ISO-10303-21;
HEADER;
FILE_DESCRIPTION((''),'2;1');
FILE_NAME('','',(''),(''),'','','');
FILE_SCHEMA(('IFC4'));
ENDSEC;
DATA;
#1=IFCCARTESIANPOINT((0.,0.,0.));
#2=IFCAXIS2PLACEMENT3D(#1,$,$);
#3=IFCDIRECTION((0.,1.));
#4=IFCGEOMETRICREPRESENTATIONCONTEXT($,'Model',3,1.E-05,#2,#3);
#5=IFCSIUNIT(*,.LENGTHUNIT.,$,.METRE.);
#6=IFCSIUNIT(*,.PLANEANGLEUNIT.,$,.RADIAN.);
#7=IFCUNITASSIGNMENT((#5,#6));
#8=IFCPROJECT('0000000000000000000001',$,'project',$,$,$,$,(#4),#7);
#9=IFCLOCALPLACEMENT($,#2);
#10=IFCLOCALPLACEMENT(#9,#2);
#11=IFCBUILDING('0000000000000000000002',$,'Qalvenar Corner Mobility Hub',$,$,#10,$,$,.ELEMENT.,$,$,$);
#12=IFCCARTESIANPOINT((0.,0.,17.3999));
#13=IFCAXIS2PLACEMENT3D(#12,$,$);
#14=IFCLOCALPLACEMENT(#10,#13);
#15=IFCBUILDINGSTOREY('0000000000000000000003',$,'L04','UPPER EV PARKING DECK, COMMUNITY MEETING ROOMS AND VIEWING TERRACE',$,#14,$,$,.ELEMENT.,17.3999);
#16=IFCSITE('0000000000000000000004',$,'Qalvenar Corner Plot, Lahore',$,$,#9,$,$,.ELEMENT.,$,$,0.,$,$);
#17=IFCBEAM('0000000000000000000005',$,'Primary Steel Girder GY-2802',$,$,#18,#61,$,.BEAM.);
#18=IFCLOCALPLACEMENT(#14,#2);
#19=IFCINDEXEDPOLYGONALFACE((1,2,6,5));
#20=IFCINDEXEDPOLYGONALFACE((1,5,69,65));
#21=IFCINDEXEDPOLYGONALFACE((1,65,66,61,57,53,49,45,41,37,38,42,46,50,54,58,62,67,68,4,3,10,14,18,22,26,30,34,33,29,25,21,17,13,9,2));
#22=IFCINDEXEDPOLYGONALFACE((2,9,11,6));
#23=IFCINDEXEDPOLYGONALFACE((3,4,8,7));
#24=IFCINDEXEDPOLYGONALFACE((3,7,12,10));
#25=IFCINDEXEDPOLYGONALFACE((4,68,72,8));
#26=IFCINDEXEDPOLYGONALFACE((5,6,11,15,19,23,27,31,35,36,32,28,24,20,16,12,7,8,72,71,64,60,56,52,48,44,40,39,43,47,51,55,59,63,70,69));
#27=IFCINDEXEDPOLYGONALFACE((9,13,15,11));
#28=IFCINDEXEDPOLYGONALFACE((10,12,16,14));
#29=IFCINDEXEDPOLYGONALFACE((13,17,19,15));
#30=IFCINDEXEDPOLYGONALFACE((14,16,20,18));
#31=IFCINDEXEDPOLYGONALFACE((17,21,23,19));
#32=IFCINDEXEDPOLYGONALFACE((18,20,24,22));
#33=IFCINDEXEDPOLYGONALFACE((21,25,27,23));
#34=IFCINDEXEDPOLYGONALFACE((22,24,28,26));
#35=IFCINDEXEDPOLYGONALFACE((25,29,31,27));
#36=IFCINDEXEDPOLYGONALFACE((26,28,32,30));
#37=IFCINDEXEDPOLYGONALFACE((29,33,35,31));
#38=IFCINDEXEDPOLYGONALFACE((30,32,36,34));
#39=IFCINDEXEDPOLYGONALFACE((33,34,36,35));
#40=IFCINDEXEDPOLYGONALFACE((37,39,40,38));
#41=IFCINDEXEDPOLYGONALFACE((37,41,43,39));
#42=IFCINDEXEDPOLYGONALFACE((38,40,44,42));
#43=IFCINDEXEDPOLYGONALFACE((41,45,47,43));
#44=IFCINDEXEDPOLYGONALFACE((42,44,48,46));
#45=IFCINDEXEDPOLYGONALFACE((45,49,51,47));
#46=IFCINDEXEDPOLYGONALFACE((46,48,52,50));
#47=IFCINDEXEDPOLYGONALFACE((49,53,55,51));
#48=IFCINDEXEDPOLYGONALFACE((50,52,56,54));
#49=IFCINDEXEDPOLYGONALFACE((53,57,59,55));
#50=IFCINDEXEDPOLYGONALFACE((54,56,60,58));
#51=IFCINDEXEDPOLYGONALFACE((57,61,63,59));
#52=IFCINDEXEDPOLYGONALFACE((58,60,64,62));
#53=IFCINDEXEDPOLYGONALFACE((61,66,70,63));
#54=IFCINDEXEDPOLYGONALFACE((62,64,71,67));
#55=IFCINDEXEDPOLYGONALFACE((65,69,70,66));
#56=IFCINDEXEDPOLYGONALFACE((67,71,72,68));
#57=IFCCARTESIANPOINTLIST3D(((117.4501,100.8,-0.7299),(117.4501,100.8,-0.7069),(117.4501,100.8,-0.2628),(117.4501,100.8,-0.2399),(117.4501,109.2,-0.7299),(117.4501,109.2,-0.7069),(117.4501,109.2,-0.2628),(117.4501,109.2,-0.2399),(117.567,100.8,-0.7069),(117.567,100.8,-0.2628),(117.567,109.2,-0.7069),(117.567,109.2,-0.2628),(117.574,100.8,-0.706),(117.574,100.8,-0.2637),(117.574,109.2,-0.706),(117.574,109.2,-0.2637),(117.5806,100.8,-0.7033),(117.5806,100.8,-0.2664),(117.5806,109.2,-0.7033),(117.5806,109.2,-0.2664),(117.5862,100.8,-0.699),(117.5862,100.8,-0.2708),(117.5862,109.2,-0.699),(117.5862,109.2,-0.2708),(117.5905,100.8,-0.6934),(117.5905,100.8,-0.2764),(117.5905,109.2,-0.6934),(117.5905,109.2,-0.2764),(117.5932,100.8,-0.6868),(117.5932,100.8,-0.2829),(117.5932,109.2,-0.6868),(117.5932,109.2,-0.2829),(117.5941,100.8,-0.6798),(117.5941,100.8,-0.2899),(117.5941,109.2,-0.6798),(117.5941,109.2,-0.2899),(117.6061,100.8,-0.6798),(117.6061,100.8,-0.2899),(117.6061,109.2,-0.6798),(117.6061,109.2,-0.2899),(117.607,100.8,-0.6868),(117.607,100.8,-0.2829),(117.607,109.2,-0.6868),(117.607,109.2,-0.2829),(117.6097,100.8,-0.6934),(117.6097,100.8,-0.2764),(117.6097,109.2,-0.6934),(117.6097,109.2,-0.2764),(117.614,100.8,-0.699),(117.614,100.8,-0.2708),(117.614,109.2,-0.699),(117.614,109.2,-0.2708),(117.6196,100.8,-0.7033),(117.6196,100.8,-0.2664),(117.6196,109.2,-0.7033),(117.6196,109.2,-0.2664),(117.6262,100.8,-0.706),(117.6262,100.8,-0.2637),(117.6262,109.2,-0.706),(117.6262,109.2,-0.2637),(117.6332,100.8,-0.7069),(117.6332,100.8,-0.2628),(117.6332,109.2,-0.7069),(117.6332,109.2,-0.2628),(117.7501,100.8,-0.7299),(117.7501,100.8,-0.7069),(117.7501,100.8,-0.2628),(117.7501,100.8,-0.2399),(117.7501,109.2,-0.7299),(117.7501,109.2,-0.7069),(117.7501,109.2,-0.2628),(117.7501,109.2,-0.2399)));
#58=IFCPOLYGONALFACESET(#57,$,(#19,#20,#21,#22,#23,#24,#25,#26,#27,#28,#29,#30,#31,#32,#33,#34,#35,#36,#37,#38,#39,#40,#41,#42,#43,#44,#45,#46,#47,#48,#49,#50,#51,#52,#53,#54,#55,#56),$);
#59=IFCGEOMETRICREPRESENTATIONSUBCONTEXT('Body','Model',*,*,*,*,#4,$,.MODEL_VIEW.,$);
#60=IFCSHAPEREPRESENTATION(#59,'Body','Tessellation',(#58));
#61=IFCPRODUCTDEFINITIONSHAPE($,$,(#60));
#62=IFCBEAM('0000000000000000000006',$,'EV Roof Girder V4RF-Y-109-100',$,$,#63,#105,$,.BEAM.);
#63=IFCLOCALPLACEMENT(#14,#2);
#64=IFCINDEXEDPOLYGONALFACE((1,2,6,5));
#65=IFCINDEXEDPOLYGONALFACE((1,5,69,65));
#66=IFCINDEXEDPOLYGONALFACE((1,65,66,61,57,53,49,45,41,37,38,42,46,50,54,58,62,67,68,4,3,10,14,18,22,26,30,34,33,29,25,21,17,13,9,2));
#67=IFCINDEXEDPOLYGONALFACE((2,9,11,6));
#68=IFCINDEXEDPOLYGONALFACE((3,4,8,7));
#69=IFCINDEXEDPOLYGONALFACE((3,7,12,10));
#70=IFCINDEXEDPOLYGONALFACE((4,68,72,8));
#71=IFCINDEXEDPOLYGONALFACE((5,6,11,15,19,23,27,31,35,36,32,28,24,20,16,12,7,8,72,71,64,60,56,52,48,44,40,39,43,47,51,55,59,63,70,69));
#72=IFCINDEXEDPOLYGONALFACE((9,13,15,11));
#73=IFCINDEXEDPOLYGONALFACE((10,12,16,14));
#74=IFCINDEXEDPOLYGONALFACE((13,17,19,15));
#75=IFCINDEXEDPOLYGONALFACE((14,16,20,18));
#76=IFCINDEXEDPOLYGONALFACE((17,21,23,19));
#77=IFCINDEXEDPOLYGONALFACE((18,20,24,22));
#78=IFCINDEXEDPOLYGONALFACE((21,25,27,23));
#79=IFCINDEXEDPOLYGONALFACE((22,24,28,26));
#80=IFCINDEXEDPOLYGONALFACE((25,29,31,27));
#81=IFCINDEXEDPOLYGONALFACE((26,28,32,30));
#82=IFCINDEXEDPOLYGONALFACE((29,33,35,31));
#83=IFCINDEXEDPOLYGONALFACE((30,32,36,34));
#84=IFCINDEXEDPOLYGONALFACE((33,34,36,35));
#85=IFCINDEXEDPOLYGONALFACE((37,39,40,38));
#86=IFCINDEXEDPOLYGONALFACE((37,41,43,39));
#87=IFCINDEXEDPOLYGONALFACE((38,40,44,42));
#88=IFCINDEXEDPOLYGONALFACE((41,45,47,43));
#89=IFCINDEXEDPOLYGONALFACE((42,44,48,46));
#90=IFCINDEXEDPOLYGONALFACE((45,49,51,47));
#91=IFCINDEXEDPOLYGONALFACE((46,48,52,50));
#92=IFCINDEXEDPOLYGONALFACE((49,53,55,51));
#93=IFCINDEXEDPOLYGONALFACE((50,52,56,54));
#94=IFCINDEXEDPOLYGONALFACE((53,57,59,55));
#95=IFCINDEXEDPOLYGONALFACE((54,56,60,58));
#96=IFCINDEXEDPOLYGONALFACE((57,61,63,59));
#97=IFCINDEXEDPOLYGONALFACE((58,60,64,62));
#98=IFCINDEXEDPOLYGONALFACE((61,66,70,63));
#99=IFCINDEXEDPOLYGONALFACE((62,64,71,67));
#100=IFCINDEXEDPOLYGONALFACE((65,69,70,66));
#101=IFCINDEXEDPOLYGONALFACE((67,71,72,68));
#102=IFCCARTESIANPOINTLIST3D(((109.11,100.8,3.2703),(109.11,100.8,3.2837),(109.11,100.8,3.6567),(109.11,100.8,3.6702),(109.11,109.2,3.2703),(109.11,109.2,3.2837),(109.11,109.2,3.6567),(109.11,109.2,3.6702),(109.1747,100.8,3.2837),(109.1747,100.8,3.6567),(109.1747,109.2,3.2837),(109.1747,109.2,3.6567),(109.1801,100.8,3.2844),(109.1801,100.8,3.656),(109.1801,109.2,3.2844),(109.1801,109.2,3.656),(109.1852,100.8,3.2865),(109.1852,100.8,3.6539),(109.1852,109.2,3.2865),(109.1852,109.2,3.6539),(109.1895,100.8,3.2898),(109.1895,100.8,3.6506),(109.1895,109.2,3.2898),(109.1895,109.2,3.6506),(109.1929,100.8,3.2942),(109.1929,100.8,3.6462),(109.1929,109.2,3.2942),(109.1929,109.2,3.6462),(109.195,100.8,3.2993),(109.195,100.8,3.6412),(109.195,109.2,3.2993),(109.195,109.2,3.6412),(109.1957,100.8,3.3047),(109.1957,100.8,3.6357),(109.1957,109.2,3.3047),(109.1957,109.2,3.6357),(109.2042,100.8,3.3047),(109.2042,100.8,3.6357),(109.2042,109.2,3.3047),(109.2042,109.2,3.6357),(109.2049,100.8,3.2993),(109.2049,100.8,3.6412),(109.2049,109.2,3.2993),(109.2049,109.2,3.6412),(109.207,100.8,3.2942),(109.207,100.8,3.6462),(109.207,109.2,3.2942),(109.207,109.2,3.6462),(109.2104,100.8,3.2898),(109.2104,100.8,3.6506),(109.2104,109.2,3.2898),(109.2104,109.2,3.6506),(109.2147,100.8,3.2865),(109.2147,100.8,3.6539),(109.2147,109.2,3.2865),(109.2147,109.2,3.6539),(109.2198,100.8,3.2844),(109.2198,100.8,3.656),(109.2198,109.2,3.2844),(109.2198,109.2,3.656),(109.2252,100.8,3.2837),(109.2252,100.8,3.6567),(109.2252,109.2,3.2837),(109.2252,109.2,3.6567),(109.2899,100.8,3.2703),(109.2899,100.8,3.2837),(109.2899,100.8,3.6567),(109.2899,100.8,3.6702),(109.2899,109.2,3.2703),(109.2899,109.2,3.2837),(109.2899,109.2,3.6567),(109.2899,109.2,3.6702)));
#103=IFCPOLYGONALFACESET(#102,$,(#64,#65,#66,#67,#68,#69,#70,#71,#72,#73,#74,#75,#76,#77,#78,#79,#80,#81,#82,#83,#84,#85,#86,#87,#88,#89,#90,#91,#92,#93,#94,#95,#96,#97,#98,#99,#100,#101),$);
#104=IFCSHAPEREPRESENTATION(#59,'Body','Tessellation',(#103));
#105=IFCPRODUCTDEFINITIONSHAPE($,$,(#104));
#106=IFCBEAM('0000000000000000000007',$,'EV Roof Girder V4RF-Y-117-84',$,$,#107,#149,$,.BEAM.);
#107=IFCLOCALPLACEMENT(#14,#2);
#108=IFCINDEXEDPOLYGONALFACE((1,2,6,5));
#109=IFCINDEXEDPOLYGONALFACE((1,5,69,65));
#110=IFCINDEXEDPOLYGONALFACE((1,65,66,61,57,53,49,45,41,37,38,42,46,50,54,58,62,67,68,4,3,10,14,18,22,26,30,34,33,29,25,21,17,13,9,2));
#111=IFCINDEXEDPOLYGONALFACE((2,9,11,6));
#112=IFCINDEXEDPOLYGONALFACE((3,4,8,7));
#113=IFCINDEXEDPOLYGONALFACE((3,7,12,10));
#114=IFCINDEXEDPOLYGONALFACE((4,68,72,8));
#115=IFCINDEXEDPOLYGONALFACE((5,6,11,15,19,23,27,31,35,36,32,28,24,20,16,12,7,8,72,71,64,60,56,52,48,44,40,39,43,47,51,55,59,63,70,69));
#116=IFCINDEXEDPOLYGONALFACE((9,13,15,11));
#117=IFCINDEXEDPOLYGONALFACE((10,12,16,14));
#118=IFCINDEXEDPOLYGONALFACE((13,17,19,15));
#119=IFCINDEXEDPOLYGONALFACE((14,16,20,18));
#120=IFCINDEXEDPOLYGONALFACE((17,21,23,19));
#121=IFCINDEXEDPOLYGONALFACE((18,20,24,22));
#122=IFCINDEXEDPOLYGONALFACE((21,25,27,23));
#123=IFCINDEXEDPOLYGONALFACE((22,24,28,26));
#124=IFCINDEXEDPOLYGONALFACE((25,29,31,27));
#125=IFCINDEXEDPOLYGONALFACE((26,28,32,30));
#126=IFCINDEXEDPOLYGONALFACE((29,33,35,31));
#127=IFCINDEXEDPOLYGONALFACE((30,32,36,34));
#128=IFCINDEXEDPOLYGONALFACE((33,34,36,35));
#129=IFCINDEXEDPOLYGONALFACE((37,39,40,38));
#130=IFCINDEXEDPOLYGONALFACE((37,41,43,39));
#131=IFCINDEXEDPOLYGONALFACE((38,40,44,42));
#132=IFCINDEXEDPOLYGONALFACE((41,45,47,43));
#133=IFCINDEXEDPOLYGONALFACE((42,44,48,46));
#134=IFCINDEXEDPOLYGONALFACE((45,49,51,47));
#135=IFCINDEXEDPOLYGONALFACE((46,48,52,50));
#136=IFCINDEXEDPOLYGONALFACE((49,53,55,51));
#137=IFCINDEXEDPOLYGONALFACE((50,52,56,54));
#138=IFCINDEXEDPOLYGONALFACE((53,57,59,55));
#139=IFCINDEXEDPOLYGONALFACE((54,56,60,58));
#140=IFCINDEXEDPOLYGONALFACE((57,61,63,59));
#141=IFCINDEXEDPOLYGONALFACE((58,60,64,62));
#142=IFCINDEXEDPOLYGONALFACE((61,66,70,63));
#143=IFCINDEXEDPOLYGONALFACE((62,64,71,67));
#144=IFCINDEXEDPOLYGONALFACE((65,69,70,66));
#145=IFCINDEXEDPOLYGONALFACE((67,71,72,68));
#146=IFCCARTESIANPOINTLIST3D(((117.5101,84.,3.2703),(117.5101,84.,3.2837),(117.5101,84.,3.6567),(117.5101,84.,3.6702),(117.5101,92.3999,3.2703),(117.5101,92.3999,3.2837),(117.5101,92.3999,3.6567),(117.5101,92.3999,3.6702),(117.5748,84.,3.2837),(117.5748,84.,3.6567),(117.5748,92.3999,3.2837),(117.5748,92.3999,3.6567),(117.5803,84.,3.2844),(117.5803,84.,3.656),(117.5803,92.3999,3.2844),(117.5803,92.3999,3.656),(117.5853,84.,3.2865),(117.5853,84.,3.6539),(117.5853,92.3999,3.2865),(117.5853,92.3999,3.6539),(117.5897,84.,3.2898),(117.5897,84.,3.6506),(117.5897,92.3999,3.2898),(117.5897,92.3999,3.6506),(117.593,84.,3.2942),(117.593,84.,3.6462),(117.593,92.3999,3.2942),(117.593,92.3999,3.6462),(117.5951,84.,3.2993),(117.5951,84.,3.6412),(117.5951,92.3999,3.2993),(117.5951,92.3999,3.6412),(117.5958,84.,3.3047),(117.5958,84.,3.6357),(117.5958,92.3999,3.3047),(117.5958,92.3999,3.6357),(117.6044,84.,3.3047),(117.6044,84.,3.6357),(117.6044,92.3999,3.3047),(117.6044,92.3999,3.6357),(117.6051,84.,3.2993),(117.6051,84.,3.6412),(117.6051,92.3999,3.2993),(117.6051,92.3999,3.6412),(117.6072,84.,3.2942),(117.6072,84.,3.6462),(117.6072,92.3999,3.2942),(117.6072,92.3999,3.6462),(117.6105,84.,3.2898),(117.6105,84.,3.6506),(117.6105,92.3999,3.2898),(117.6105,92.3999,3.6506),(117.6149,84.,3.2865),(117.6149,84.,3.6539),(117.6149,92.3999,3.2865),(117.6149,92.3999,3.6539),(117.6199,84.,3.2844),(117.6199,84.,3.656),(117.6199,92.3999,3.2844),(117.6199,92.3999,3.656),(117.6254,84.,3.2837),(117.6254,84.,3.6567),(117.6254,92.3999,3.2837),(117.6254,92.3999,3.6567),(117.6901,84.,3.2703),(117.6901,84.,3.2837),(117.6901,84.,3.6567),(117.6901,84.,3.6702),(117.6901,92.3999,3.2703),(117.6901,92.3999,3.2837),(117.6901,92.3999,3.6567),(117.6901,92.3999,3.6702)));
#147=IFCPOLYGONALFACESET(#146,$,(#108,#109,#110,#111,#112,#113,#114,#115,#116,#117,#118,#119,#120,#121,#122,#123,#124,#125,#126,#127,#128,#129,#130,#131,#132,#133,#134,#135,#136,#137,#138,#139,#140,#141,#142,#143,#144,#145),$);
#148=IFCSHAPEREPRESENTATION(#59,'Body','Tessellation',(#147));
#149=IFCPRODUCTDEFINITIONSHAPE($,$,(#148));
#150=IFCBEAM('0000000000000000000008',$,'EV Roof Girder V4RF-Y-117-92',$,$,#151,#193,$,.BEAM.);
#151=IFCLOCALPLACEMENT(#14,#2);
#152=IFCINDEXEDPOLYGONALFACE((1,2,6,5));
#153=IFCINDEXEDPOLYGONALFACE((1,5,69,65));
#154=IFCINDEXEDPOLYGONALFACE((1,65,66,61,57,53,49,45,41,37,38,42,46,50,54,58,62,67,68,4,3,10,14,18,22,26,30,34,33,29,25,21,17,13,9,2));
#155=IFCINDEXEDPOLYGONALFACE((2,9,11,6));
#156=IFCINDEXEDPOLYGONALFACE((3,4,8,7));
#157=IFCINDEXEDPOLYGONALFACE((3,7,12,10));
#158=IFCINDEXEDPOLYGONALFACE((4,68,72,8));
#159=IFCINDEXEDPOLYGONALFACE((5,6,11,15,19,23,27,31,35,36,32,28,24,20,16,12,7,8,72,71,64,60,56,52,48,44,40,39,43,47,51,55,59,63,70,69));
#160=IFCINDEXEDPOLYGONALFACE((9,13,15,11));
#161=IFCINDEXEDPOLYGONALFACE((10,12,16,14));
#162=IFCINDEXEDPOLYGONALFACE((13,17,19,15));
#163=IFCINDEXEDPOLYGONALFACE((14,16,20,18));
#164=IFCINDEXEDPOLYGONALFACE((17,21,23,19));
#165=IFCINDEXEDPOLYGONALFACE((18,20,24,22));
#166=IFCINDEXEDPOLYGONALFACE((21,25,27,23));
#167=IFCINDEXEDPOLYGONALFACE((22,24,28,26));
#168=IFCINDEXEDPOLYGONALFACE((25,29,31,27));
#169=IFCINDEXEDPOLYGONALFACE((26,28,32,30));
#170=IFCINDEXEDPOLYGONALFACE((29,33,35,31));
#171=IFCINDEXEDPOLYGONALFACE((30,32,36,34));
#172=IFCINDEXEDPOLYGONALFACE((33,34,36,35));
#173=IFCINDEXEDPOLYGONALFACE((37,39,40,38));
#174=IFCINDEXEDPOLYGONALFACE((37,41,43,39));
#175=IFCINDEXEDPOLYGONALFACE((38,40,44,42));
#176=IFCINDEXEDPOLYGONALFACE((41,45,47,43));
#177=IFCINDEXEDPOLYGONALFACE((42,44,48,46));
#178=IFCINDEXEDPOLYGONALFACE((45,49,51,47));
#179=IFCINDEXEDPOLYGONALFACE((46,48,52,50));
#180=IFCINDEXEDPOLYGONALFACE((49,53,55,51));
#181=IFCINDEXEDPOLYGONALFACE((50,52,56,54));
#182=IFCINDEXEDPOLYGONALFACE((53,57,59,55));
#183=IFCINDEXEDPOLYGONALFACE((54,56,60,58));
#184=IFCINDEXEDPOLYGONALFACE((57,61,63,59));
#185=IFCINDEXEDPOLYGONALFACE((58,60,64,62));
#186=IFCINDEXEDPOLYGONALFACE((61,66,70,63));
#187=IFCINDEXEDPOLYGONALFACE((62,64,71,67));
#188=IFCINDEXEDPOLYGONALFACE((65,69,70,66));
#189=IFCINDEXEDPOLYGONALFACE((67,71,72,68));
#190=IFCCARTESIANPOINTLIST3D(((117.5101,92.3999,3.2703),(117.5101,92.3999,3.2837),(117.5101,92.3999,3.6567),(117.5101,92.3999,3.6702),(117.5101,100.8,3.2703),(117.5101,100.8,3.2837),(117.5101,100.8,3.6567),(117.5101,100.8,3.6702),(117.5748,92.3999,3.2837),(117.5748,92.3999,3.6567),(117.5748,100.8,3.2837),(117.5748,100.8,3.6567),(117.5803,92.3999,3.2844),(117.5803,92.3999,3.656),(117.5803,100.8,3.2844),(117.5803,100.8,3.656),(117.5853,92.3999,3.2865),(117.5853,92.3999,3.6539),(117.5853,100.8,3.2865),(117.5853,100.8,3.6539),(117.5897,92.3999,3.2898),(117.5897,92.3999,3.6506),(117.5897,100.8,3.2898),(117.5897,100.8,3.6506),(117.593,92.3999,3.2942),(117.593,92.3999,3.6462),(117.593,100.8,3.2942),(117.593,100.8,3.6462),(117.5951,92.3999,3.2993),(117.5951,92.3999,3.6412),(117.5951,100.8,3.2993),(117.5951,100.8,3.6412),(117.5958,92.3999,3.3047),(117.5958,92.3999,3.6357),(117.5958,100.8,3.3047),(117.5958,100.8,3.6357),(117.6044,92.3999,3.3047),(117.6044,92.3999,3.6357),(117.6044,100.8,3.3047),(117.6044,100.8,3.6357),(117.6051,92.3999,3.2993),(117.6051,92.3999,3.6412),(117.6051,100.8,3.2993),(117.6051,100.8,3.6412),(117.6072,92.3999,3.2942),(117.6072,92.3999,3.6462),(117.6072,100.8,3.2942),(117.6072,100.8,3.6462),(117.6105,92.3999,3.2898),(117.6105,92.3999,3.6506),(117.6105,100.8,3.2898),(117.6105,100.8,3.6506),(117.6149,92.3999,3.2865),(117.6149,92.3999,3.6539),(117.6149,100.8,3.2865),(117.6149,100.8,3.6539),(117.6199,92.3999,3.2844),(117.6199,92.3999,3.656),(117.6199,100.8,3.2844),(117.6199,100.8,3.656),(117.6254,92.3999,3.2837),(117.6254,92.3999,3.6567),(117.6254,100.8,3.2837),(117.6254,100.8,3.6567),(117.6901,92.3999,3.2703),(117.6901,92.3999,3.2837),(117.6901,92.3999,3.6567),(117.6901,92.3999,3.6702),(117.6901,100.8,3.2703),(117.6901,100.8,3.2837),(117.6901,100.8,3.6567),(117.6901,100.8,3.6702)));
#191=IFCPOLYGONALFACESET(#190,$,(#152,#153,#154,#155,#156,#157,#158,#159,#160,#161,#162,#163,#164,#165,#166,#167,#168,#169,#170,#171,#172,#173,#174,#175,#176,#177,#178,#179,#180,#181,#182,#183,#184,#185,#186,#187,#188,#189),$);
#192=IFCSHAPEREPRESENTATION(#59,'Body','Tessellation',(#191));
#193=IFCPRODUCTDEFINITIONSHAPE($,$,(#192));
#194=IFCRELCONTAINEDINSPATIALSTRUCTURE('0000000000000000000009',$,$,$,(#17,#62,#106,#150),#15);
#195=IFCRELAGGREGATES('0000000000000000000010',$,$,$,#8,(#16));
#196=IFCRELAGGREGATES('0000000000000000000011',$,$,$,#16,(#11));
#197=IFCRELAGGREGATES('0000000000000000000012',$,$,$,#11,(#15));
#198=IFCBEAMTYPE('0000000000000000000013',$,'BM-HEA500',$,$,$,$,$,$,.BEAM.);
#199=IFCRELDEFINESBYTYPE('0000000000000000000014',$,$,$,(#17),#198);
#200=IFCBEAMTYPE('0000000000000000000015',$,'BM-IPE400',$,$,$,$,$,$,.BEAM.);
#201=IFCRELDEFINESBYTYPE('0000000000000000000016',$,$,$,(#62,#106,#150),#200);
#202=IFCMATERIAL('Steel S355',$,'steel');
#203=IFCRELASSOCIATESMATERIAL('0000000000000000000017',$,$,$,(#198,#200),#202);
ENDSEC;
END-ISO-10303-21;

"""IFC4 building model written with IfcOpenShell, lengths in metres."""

from ifc_helpers import new_model, si_unit, direction, frame, origin, origin_2d, place, context, subcontext, project, spatial, i_section, extrude, material, material_profile, profile_set, type_object, element, save


model = new_model("IFC4")

# Units and contexts
model_context = context("Model", 3, precision=1e-05, world=origin(), true_north=direction((0.0, 1.0)))
body_context = subcontext(model_context, "Body", "Model", "MODEL_VIEW")
ifc_project = project(units=[si_unit("LENGTHUNIT", "METRE"), si_unit("PLANEANGLEUNIT", "RADIAN")], contexts=[model_context])

# Site, building, storey
site_placement = place(None, origin())
site = spatial("IfcSite", under=ifc_project, at=site_placement, Name="Qalvenar Corner Plot, Lahore", CompositionType="ELEMENT", RefElevation=0.0)
building_placement = place(site_placement, origin())
building = spatial("IfcBuilding", under=site, at=building_placement, Name="Qalvenar Corner Mobility Hub", CompositionType="ELEMENT")
storey_placement = place(building_placement, frame((0.0, 0.0, 17.3999)))
storey = spatial("IfcBuildingStorey", under=building, at=storey_placement, Name="L04", Description="UPPER EV PARKING DECK, COMMUNITY MEETING ROOMS AND VIEWING TERRACE", CompositionType="ELEMENT", Elevation=17.3999)

# Shared definitions
ifc_material = material(Name="Steel S355", Category="steel")

# Beams
ifc_material_profile_1 = material_profile(ifc_material, i_section(OverallWidth=0.3, OverallDepth=0.49, WebThickness=0.012, FlangeThickness=0.0229, FilletRadius=0.0271, at=origin_2d()), Name="HEA500")
ifc_profile_set_1 = profile_set([ifc_material_profile_1], Name="Steel S355")
beam_type_1 = type_object("IfcBeamType", Name="BM-HEA500", PredefinedType="BEAM", material=ifc_profile_set_1)
beam_1_placement = place(storey_placement, frame((117.6001, 100.8, -0.4849), z_axis=(0.0, 1.0, 0.0), x_axis=(-1.0, 0.0, 0.0)))
element("IfcBeam", 1, at=beam_1_placement, inside=storey, type_object=beam_type_1, Name="Primary Steel Girder GY-2802", PredefinedType="BEAM", context=body_context, shape_type="SweptSolid", body=[
    extrude(i_section(OverallWidth=0.3, OverallDepth=0.49, WebThickness=0.012, FlangeThickness=0.0229, FilletRadius=0.0271, at=origin_2d()), origin(), (0.0, 0.0, 1.0), 8.3999),
])
ifc_material_profile_2 = material_profile(ifc_material, i_section(OverallWidth=0.1799, OverallDepth=0.3999, WebThickness=0.0085, FlangeThickness=0.0134, FilletRadius=0.021, at=origin_2d()), Name="IPE400")
ifc_profile_set_2 = profile_set([ifc_material_profile_2], Name="Steel S355")
beam_type_2 = type_object("IfcBeamType", Name="BM-IPE400", PredefinedType="BEAM", material=ifc_profile_set_2)
for number, where, z_axis, x_axis, name in (
    (2, (109.2, 100.8, 3.4702), (0.0, 1.0, 0.0), (-1.0, 0.0, 0.0), "EV Roof Girder V4RF-Y-109-100"),
    (3, (117.6001, 84.0, 3.4702), (0.0, 1.0, 0.0), (-1.0, 0.0, 0.0), "EV Roof Girder V4RF-Y-117-84"),
):
    element("IfcBeam", number, at=place(storey_placement, frame(where, z_axis=z_axis, x_axis=x_axis)), inside=storey, type_object=beam_type_2, Name=name, PredefinedType="BEAM", context=body_context, shape_type="SweptSolid", body=[
        extrude(i_section(OverallWidth=0.1799, OverallDepth=0.3999, WebThickness=0.0085, FlangeThickness=0.0134, FilletRadius=0.021, at=origin_2d()), origin(), (0.0, 0.0, 1.0), 8.3999),
    ])
beam_2_placement = place(storey_placement, frame((117.6001, 92.3999, 3.4702), z_axis=(0.0, 1.0, 0.0), x_axis=(-1.0, 0.0, 0.0)))
element("IfcBeam", 4, at=beam_2_placement, inside=storey, type_object=beam_type_2, Name="EV Roof Girder V4RF-Y-117-92", PredefinedType="BEAM", context=body_context, shape_type="SweptSolid", body=[
    extrude(i_section(OverallWidth=0.1799, OverallDepth=0.3999, WebThickness=0.0085, FlangeThickness=0.0134, FilletRadius=0.021, at=origin_2d()), origin(), (0.0, 0.0, 1.0), 8.4001),
])

save(model, "model.ifc")
